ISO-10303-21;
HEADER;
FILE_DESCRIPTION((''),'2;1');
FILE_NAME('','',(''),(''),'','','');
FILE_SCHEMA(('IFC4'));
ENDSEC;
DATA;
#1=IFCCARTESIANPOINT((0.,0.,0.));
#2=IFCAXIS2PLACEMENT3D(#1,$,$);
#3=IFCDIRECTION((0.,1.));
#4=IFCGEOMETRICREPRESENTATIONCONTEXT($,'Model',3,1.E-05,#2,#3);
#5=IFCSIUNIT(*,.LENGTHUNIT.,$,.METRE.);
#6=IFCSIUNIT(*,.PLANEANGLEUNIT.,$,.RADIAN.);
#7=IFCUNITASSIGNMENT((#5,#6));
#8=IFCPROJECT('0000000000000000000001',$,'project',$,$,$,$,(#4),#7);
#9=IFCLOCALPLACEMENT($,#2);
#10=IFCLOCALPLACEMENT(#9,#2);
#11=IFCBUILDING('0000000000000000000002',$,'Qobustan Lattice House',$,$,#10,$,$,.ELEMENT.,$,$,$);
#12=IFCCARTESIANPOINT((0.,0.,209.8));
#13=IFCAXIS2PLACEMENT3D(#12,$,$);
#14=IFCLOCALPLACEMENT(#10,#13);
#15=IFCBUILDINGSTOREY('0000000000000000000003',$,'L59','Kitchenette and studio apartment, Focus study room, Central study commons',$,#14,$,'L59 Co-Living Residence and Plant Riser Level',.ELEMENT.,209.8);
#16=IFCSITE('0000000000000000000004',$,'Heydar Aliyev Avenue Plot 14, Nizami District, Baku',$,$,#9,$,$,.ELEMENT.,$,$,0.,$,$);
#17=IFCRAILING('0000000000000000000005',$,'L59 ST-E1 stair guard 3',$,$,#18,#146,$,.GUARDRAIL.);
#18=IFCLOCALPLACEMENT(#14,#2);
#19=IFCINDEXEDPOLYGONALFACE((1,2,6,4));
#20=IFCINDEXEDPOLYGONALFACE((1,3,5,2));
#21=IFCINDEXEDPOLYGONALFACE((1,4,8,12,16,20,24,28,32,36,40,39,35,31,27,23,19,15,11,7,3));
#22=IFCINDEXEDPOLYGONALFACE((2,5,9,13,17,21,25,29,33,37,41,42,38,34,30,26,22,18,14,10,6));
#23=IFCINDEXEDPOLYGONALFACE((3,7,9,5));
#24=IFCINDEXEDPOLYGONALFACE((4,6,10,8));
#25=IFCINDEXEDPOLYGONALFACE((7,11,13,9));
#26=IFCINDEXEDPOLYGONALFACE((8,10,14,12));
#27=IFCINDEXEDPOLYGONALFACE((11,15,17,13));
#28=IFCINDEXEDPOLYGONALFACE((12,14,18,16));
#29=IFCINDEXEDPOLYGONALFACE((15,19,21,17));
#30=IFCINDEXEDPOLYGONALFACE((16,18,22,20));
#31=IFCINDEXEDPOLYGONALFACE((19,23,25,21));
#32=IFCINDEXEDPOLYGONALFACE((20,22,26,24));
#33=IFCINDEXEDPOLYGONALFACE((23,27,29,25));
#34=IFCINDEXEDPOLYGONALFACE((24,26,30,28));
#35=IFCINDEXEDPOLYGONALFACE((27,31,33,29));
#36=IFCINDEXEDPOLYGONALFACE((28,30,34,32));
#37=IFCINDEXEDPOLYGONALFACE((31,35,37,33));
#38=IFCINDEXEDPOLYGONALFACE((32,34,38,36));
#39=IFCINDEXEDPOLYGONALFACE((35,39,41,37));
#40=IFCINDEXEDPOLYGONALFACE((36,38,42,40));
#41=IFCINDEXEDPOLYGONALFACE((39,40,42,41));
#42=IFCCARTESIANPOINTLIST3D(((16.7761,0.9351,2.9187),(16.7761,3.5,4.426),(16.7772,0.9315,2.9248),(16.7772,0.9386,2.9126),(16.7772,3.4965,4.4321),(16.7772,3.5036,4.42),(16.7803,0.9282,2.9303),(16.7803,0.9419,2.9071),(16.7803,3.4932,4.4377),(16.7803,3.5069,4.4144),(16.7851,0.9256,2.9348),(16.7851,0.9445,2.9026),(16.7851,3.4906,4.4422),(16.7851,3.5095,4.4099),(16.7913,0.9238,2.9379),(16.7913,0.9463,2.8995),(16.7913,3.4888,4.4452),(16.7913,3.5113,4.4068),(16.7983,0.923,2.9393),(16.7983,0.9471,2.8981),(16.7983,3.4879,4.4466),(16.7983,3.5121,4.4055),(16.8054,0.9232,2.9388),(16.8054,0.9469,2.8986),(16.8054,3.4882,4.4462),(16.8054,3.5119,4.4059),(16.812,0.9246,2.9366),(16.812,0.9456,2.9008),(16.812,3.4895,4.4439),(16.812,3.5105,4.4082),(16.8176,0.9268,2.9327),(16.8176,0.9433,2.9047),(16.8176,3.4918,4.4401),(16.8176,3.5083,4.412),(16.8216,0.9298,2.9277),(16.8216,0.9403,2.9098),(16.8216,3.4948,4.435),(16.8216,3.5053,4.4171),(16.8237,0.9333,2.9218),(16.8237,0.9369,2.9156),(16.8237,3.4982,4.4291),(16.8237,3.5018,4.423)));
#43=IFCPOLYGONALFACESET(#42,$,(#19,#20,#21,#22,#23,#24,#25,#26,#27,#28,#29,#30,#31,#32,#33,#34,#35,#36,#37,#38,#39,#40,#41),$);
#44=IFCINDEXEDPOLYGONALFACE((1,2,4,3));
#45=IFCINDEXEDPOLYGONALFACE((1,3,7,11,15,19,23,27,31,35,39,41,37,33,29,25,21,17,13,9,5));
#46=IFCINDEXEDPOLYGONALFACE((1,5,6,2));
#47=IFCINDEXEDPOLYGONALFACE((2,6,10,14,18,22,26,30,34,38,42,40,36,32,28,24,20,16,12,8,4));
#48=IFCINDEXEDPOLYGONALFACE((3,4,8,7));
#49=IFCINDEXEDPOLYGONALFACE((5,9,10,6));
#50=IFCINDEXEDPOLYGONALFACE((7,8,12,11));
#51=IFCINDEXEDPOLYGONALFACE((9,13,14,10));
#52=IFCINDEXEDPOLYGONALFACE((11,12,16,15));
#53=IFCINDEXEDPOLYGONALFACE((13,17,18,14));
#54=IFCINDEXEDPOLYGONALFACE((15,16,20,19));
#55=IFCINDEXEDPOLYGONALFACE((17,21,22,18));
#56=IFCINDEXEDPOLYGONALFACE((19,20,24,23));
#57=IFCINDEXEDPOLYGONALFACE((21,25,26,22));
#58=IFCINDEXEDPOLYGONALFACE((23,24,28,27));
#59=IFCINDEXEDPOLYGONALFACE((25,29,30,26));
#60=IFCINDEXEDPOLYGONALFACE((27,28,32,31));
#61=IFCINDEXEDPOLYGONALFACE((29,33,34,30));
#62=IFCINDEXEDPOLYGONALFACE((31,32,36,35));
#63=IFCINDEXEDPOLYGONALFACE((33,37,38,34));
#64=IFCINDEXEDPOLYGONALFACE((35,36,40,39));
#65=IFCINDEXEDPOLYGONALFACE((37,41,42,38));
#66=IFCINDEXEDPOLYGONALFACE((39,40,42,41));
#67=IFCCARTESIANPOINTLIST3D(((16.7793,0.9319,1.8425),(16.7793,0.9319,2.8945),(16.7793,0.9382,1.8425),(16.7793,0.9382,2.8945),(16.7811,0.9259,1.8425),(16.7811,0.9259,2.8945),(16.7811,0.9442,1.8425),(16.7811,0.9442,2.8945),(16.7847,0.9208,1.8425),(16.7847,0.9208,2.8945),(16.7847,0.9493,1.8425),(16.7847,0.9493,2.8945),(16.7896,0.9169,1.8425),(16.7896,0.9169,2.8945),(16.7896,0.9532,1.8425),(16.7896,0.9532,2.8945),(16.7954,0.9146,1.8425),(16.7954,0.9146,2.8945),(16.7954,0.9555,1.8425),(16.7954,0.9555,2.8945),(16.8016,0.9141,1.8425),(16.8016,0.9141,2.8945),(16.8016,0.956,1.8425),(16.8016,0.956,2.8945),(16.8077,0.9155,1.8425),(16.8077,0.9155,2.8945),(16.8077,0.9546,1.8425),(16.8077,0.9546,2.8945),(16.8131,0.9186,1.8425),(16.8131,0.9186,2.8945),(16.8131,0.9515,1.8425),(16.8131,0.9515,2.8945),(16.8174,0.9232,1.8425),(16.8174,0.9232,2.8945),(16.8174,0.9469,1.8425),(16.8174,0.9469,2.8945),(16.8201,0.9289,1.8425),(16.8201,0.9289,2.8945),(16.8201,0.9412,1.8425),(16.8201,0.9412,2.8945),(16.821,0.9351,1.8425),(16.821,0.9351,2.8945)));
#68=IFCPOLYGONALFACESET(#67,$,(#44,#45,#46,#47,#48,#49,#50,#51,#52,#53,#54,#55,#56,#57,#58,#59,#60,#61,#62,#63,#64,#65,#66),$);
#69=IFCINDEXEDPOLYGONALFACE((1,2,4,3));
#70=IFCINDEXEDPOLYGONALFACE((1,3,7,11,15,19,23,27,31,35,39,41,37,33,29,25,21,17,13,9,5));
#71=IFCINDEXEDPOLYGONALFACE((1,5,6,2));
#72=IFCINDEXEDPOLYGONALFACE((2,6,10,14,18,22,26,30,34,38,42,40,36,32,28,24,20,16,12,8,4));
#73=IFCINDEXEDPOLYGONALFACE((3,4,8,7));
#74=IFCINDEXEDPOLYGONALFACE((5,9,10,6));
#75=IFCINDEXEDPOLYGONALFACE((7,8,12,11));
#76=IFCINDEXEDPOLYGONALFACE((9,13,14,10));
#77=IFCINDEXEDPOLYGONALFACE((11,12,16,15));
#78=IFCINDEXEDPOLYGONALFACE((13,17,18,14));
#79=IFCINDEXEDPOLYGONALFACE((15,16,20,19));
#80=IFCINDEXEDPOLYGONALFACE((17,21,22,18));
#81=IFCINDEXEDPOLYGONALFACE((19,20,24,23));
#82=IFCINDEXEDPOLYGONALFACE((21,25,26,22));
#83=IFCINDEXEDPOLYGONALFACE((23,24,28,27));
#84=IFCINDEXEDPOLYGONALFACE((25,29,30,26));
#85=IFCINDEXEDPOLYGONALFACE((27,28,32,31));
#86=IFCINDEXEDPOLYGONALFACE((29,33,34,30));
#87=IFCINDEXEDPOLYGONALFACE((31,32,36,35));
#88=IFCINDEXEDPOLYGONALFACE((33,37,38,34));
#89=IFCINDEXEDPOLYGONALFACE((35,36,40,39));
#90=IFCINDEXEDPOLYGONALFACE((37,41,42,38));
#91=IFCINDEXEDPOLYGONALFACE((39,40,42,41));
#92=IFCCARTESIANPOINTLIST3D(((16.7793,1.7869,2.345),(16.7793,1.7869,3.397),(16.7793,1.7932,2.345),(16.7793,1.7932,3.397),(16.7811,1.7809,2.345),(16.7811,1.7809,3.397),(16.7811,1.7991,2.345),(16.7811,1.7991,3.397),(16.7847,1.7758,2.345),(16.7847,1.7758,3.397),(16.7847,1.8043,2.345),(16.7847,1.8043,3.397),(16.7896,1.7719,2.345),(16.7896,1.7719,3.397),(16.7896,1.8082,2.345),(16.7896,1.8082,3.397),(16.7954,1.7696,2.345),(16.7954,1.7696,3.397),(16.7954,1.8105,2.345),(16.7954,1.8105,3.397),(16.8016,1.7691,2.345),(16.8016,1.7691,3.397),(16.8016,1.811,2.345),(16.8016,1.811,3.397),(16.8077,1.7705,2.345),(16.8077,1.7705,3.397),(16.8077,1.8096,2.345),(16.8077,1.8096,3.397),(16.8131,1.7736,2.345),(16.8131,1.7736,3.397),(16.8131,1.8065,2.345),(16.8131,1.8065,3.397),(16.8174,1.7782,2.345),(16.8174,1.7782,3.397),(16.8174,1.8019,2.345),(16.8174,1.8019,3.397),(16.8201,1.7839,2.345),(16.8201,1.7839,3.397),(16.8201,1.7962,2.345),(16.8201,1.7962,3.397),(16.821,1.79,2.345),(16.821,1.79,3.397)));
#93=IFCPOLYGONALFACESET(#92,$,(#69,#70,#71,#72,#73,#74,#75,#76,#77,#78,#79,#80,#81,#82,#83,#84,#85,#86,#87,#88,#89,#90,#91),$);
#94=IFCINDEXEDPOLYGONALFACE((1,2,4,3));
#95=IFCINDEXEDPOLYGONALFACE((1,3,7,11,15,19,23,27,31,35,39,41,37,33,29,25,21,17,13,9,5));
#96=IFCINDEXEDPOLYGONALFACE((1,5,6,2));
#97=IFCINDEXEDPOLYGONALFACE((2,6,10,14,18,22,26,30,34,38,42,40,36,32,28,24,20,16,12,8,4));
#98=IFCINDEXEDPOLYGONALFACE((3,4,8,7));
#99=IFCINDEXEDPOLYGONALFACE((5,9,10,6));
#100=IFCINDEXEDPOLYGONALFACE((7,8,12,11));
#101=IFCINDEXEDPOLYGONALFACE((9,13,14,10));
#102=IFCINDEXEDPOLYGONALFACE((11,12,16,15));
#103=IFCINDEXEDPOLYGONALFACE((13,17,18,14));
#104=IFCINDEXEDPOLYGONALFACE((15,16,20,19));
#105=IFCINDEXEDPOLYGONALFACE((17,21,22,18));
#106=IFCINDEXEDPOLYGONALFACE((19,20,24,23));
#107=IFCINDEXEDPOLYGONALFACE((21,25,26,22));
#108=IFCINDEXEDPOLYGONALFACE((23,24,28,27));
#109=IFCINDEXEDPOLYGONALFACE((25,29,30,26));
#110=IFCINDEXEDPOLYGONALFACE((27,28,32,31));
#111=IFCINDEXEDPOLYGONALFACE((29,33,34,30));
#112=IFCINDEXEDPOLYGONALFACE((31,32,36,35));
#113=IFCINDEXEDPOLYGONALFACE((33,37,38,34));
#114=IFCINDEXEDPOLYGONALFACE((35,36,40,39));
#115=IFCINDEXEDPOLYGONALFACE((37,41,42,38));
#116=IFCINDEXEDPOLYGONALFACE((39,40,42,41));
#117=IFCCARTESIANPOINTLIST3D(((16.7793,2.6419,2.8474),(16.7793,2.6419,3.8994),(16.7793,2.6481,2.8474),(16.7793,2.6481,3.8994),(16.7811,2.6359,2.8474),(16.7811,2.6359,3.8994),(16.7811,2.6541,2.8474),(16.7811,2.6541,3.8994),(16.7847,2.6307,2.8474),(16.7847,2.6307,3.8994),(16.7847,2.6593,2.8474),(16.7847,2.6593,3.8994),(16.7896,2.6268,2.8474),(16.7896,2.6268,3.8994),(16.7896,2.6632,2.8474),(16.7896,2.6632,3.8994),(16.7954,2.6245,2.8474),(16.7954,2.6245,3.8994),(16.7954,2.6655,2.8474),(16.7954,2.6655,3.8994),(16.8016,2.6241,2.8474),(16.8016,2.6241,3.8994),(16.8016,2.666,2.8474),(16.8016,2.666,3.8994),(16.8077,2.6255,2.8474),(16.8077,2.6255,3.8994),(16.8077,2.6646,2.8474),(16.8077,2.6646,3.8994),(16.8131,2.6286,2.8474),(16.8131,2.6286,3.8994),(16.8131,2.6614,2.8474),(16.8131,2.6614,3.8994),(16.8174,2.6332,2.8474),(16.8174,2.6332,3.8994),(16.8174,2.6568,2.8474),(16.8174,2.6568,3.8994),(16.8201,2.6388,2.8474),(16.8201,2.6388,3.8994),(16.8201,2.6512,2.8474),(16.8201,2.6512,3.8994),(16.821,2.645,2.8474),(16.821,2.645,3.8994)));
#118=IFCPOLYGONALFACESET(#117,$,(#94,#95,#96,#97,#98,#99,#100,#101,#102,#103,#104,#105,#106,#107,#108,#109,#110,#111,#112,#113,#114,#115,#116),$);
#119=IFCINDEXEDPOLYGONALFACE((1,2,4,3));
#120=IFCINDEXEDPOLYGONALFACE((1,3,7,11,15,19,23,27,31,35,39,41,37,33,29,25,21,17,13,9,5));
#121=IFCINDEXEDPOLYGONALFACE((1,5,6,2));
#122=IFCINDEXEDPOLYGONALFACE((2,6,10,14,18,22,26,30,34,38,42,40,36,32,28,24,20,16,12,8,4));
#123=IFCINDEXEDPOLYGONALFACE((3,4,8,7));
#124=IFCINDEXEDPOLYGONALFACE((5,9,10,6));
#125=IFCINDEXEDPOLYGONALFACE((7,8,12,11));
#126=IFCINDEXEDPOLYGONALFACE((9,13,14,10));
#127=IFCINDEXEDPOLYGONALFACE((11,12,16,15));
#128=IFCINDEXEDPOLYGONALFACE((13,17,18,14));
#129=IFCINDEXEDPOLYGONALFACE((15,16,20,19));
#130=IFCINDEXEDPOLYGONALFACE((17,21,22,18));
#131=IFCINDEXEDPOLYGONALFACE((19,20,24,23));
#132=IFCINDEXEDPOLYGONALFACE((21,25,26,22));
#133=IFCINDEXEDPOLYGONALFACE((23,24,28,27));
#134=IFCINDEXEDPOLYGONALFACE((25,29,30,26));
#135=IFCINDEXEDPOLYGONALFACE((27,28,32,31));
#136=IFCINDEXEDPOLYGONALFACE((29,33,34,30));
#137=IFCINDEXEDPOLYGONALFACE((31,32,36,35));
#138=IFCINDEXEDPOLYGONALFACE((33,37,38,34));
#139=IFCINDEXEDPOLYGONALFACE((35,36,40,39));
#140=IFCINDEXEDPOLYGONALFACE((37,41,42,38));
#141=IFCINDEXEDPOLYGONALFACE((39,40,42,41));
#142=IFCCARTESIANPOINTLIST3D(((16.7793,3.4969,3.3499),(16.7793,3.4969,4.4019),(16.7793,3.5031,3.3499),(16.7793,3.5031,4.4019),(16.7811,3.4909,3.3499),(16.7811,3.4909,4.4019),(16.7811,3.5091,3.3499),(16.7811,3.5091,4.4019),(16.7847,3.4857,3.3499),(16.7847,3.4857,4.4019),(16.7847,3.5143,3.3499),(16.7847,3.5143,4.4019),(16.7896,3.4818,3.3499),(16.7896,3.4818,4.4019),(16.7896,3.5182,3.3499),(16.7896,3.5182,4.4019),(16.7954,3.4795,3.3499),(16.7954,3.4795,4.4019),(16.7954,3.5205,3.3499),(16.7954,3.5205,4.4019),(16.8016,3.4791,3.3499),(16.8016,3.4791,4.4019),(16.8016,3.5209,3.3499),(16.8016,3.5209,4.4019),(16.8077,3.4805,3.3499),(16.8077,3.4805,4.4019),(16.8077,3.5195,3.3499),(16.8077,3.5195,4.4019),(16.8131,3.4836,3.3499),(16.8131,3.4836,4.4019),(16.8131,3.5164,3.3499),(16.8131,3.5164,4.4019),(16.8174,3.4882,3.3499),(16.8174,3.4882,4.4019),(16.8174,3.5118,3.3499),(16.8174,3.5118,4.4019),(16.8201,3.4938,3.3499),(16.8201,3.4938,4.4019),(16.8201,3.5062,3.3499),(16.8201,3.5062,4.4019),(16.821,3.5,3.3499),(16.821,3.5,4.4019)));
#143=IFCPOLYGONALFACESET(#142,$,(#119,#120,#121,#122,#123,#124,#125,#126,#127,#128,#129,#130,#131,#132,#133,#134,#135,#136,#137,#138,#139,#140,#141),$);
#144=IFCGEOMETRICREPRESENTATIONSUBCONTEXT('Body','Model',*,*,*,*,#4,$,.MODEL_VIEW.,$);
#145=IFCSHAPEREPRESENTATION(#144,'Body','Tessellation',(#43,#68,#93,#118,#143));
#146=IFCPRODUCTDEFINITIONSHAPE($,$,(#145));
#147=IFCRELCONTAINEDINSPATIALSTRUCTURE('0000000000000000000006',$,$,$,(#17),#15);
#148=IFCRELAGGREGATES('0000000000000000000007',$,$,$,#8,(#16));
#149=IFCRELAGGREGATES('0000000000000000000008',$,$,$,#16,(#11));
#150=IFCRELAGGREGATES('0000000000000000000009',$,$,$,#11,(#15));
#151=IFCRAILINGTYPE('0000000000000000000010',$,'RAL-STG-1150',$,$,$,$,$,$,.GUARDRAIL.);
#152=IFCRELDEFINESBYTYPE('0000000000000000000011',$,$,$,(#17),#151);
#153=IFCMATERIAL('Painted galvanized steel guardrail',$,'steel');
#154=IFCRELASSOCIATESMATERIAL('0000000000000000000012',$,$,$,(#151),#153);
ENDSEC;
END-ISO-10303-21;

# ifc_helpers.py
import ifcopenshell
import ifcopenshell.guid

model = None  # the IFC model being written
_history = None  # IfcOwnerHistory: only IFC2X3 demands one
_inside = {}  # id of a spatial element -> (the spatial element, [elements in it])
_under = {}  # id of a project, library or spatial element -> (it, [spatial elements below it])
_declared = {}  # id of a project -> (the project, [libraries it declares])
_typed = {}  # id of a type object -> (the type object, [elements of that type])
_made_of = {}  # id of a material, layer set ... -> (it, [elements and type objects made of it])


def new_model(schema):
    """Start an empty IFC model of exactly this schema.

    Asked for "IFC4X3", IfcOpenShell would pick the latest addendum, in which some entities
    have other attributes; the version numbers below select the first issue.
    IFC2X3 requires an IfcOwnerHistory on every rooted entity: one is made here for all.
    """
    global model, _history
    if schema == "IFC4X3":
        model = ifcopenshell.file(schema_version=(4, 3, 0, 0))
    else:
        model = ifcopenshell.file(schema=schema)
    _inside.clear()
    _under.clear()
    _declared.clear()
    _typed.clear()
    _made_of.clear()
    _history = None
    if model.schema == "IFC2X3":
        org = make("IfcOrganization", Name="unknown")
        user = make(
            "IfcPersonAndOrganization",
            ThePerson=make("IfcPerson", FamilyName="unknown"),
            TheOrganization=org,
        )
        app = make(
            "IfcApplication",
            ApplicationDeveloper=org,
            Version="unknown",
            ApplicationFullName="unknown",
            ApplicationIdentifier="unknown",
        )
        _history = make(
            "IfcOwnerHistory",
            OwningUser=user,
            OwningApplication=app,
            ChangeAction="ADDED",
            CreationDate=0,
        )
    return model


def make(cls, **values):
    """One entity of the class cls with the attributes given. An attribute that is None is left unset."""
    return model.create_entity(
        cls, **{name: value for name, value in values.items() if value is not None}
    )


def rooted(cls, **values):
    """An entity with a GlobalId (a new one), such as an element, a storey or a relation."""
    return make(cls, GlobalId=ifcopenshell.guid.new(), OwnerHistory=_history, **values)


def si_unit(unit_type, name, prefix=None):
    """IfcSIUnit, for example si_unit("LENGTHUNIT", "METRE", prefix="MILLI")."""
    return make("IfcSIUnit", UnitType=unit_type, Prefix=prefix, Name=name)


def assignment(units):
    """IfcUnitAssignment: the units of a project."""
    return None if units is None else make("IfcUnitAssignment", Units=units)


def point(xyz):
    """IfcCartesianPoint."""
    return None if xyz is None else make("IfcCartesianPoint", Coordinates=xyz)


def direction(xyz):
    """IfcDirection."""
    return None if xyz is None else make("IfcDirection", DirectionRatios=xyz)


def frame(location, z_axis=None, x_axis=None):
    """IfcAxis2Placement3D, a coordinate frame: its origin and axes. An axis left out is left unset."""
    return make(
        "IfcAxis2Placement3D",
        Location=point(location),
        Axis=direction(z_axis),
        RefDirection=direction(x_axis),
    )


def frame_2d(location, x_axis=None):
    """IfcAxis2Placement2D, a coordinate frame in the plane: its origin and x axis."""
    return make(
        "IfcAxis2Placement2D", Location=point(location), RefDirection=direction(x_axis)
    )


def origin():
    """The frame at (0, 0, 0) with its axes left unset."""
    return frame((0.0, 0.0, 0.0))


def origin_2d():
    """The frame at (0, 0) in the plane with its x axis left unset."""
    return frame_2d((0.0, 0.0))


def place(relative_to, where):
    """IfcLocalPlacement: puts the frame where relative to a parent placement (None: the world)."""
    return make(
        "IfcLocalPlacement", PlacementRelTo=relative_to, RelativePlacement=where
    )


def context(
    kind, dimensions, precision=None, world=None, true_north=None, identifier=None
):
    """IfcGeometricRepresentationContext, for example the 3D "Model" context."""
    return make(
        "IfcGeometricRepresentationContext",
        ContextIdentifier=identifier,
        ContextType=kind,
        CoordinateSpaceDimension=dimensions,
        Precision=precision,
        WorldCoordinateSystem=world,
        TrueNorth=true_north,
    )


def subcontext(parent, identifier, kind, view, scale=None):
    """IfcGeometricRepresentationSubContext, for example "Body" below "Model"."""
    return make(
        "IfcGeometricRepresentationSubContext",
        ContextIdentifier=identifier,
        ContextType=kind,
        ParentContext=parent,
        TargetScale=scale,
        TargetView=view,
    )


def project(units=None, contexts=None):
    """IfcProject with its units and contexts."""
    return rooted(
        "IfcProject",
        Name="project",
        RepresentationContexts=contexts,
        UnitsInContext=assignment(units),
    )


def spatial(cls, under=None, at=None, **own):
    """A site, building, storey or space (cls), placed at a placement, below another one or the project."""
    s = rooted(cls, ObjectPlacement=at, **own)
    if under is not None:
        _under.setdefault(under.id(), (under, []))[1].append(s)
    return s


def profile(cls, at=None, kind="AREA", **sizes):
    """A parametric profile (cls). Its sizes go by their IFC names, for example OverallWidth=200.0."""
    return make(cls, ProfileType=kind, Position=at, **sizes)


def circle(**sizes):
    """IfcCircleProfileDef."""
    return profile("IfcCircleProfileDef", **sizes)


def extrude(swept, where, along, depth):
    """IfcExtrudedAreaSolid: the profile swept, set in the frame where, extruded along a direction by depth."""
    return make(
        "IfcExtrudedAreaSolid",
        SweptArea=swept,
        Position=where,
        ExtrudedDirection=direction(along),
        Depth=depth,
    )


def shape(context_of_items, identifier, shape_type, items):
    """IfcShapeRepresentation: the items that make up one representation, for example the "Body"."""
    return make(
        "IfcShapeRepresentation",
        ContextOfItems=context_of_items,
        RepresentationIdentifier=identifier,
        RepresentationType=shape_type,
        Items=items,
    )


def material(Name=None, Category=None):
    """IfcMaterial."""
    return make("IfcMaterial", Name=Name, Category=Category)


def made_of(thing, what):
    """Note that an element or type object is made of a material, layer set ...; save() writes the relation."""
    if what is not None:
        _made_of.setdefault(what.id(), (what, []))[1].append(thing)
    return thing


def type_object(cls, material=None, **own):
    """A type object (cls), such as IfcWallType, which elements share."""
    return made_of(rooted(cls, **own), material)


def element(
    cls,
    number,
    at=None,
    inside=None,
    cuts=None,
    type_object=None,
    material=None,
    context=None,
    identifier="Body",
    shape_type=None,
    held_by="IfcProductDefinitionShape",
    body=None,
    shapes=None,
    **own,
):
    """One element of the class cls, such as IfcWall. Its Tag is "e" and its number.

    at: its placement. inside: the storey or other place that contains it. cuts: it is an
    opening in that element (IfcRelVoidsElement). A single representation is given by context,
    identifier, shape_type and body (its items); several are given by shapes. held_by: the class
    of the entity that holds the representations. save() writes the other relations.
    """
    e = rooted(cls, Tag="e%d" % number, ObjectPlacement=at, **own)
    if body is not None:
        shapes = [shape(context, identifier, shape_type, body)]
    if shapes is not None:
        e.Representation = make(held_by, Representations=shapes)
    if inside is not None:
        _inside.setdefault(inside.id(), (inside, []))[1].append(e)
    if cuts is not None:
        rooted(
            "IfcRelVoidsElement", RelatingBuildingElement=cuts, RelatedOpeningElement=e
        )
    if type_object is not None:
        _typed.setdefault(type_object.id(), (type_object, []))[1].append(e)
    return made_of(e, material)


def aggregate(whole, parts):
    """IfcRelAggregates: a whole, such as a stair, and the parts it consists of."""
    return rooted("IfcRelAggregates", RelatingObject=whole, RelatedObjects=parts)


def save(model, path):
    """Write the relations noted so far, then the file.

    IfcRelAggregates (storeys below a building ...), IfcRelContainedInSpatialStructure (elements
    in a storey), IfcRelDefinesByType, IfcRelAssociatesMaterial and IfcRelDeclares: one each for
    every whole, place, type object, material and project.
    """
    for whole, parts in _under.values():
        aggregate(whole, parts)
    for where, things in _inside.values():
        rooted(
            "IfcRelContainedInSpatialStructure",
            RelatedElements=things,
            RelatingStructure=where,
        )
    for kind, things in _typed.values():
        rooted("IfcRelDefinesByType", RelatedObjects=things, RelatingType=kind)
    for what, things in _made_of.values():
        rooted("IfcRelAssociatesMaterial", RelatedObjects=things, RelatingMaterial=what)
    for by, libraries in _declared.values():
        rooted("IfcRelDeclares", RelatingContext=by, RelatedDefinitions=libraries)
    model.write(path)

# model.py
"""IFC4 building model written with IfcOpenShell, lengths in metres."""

from ifc_helpers import new_model, si_unit, direction, frame, origin, origin_2d, place, context, subcontext, project, spatial, circle, extrude, material, type_object, element, save


model = new_model("IFC4")

# Units and contexts
model_context = context("Model", 3, precision=1e-05, world=origin(), true_north=direction((0.0, 1.0)))
body_context = subcontext(model_context, "Body", "Model", "MODEL_VIEW")
ifc_project = project(units=[si_unit("LENGTHUNIT", "METRE"), si_unit("PLANEANGLEUNIT", "RADIAN")], contexts=[model_context])

# Site, building, storey
site_placement = place(None, origin())
site = spatial("IfcSite", under=ifc_project, at=site_placement, Name="Heydar Aliyev Avenue Plot 14, Nizami District, Baku", CompositionType="ELEMENT", RefElevation=0.0)
building_placement = place(site_placement, origin())
building = spatial("IfcBuilding", under=site, at=building_placement, Name="Qobustan Lattice House", CompositionType="ELEMENT")
storey_placement = place(building_placement, frame((0.0, 0.0, 209.8)))
storey = spatial("IfcBuildingStorey", under=building, at=storey_placement, Name="L59", Description="Kitchenette and studio apartment, Focus study room, Central study commons", LongName="L59 Co-Living Residence and Plant Riser Level", CompositionType="ELEMENT", Elevation=209.8)

# Railing
ifc_material_1 = material(Name="Painted galvanized steel guardrail", Category="steel")
railing_type_1 = type_object("IfcRailingType", Name="RAL-STG-1150", PredefinedType="GUARDRAIL", material=ifc_material_1)
railing_1_placement = place(storey_placement, frame((16.8, 0.9351, 1.8425)))
element("IfcRailing", 1, at=railing_1_placement, inside=storey, type_object=railing_type_1, Name="L59 ST-E1 stair guard 3", PredefinedType="GUARDRAIL", context=body_context, shape_type="SweptSolid", body=[
    extrude(circle(Radius=0.0239, at=origin_2d()), frame((0.0, 0.0, 1.0762), z_axis=(0.0, 0.862149, 0.506654), x_axis=(-1.0, 0.0, 0.0)), (0.0, 0.0, 1.0), 2.9751),
    extrude(circle(Radius=0.021, at=origin_2d()), origin(), (0.0, 0.0, 1.0), 1.052),
    extrude(circle(Radius=0.021, at=origin_2d()), frame((0.0, 0.855, 0.5024)), (0.0, 0.0, 1.0), 1.052),
    extrude(circle(Radius=0.021, at=origin_2d()), frame((0.0, 1.71, 1.0049)), (0.0, 0.0, 1.0), 1.052),
    extrude(circle(Radius=0.021, at=origin_2d()), frame((0.0, 2.5649, 1.5073)), (0.0, 0.0, 1.0), 1.052),
])

save(model, "model.ifc")
